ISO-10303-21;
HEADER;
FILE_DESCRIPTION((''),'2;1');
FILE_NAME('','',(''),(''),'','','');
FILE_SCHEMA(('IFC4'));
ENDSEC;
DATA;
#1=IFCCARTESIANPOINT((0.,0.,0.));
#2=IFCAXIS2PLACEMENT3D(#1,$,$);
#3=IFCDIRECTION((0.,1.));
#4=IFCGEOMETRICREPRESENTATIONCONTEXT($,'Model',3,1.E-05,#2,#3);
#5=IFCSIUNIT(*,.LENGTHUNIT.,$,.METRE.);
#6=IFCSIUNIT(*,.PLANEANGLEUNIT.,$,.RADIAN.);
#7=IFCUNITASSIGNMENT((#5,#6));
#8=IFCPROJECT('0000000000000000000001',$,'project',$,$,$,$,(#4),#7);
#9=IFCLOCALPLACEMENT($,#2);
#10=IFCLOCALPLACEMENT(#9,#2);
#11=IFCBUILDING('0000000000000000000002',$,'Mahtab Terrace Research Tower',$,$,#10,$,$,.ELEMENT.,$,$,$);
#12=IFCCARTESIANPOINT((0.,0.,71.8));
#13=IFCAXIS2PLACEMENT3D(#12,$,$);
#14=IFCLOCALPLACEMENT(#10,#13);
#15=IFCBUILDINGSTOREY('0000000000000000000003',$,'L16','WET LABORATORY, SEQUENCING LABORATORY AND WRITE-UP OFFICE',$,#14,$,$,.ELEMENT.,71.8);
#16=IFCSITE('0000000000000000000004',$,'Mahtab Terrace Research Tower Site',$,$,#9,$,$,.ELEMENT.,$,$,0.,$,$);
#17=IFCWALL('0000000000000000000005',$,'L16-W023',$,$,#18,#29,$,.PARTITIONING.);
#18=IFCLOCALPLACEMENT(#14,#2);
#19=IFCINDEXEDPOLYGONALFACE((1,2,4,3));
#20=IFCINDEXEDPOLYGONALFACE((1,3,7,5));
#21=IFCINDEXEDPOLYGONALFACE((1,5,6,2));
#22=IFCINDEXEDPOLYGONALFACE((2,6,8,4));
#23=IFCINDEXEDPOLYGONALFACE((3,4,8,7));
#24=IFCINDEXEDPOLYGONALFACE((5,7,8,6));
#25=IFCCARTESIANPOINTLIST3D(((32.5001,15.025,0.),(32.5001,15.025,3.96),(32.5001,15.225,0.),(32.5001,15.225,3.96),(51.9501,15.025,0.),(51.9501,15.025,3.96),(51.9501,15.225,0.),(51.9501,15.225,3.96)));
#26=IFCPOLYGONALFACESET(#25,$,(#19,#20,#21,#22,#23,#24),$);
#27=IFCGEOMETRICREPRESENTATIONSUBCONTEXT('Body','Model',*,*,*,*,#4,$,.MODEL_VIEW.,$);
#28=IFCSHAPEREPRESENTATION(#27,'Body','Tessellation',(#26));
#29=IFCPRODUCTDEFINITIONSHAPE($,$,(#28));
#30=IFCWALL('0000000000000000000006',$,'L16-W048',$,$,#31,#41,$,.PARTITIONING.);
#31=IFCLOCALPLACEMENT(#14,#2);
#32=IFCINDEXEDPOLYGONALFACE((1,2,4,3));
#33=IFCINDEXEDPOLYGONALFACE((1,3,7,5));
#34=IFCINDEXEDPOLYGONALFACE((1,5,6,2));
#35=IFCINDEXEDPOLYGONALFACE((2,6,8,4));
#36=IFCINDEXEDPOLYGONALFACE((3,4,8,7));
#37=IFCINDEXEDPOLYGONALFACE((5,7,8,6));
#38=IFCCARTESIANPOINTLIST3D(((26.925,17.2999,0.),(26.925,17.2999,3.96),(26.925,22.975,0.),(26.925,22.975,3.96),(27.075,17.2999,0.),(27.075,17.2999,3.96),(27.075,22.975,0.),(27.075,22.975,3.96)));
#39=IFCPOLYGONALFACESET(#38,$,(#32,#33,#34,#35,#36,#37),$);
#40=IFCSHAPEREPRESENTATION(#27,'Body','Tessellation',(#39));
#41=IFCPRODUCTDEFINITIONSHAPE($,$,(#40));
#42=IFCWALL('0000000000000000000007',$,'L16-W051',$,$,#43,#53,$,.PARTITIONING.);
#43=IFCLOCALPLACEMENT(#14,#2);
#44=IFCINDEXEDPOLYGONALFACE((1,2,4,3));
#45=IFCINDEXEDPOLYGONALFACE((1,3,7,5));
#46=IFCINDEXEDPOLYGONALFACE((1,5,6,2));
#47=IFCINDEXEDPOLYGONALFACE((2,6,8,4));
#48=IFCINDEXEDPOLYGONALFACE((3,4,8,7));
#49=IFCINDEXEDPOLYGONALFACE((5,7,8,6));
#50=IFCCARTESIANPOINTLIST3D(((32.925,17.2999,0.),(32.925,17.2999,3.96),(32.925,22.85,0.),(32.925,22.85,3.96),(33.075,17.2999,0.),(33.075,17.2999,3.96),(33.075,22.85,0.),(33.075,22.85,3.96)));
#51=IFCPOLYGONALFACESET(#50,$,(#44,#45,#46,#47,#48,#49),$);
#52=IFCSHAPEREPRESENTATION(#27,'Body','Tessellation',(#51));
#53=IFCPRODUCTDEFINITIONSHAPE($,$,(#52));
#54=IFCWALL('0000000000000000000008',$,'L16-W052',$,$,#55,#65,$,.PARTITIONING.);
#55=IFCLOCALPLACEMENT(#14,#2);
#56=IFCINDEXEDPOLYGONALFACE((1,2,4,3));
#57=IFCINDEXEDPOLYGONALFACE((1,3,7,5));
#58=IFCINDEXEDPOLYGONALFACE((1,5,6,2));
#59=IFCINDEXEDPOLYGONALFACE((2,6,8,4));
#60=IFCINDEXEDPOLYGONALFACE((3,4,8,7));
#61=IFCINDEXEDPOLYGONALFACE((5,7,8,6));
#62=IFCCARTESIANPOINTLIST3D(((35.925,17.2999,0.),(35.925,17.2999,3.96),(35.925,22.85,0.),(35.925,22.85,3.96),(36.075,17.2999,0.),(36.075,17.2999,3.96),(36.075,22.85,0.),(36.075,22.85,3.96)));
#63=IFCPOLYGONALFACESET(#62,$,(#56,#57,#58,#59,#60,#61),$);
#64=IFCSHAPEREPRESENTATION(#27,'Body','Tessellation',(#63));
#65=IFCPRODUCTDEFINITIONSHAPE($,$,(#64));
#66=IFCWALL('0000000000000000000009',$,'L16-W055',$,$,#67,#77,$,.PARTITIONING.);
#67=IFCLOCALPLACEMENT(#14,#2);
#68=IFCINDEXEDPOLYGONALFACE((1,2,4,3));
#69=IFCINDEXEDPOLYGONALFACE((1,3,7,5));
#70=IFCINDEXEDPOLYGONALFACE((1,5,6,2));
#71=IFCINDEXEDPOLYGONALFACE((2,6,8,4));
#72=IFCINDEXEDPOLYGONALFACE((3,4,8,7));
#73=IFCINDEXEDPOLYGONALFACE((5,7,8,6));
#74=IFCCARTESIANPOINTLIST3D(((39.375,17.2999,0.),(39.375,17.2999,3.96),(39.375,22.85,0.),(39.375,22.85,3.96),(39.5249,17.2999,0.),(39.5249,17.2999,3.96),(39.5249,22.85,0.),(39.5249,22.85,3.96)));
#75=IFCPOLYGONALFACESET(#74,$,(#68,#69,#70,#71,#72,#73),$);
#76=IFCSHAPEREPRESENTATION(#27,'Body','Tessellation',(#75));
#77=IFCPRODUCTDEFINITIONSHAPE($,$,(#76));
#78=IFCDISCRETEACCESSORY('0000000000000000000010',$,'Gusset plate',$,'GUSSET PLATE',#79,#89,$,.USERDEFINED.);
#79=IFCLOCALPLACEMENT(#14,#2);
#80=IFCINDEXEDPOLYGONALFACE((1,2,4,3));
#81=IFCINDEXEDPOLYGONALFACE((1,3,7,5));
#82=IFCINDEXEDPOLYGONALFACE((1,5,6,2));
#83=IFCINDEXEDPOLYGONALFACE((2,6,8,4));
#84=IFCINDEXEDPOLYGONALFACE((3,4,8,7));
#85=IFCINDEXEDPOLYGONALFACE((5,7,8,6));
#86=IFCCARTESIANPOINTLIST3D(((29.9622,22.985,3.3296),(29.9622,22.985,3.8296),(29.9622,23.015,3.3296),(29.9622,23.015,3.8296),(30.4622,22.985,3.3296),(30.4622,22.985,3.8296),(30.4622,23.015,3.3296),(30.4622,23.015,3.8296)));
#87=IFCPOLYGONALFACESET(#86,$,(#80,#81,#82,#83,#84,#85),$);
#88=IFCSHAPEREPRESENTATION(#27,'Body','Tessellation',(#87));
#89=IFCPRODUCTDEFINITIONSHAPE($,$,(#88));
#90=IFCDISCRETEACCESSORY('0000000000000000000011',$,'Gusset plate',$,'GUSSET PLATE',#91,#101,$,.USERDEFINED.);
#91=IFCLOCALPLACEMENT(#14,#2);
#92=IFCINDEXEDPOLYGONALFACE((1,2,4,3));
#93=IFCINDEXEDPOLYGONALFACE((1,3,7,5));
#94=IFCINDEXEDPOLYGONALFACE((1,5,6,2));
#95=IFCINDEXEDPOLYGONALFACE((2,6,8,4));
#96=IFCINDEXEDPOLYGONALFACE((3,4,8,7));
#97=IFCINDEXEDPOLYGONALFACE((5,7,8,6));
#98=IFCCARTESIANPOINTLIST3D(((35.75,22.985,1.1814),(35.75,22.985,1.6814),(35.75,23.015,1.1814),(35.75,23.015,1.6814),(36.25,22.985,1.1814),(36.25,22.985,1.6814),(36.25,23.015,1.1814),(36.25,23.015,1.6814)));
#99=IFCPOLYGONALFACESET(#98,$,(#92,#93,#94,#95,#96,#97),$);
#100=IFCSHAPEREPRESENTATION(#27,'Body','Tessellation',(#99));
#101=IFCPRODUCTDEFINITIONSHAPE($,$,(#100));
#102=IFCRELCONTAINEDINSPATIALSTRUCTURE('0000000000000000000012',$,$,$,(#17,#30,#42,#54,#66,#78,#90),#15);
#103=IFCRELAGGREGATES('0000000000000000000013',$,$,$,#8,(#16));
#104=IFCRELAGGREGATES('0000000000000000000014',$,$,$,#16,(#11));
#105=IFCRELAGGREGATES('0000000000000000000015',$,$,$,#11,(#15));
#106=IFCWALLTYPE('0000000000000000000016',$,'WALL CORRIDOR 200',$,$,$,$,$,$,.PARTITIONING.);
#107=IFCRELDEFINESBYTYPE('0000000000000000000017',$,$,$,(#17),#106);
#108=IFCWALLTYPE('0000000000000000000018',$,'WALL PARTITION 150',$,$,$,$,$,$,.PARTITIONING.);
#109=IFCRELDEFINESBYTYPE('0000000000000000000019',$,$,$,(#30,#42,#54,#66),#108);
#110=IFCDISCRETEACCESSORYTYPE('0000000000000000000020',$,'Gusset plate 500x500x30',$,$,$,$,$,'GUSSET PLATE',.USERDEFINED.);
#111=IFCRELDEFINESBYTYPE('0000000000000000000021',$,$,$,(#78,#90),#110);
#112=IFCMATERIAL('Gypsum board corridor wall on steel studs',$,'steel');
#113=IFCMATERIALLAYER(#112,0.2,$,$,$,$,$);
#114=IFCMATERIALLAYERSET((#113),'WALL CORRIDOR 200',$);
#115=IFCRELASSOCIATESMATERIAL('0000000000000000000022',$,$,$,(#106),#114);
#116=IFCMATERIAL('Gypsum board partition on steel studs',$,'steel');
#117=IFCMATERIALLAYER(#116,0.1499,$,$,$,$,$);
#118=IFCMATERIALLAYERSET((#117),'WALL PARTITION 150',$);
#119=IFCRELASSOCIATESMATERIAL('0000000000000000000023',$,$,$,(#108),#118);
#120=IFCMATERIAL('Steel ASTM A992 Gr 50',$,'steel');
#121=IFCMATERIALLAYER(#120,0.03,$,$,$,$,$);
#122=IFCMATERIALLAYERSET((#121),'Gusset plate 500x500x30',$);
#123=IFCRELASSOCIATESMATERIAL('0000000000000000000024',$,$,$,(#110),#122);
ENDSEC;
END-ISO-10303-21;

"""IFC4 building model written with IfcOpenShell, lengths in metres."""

from ifc_helpers import new_model, si_unit, direction, frame, frame_2d, origin, origin_2d, place, context, subcontext, project, spatial, rectangle, extrude, material, layer, layer_set, type_object, element, save


model = new_model("IFC4")

# Units and contexts
model_context = context("Model", 3, precision=1e-05, world=origin(), true_north=direction((0.0, 1.0)))
body_context = subcontext(model_context, "Body", "Model", "MODEL_VIEW")
ifc_project = project(units=[si_unit("LENGTHUNIT", "METRE"), si_unit("PLANEANGLEUNIT", "RADIAN")], contexts=[model_context])

# Site, building, storey
site_placement = place(None, origin())
site = spatial("IfcSite", under=ifc_project, at=site_placement, Name="Mahtab Terrace Research Tower Site", CompositionType="ELEMENT", RefElevation=0.0)
building_placement = place(site_placement, origin())
building = spatial("IfcBuilding", under=site, at=building_placement, Name="Mahtab Terrace Research Tower", CompositionType="ELEMENT")
storey_placement = place(building_placement, frame((0.0, 0.0, 71.8)))
storey = spatial("IfcBuildingStorey", under=building, at=storey_placement, Name="L16", Description="WET LABORATORY, SEQUENCING LABORATORY AND WRITE-UP OFFICE", CompositionType="ELEMENT", Elevation=71.8)

# Shared definitions
ifc_material_1 = material(Name="Steel ASTM A992 Gr 50", Category="steel")

# Walls
ifc_material_2 = material(Name="Gypsum board corridor wall on steel studs", Category="steel")
ifc_layer_1 = layer(ifc_material_2, 0.2)
ifc_layer_set_1 = layer_set([ifc_layer_1], Name="WALL CORRIDOR 200")
wall_type_1 = type_object("IfcWallType", Name="WALL CORRIDOR 200", PredefinedType="PARTITIONING", material=ifc_layer_set_1)
wall_1_placement = place(storey_placement, frame((32.5, 15.125, 0.0), z_axis=(0.0, 0.0, 1.0), x_axis=(1.0, 0.0, 0.0)))
element("IfcWall", 1, at=wall_1_placement, inside=storey, type_object=wall_type_1, Name="L16-W023", PredefinedType="PARTITIONING", context=body_context, shape_type="SweptSolid", body=[
    extrude(rectangle(XDim=19.45, YDim=0.2, at=frame_2d((9.7251, 0.0))), origin(), (0.0, 0.0, 1.0), 3.96),
])
ifc_material_3 = material(Name="Gypsum board partition on steel studs", Category="steel")
ifc_layer_2 = layer(ifc_material_3, 0.1499)
ifc_layer_set_2 = layer_set([ifc_layer_2], Name="WALL PARTITION 150")
wall_type_2 = type_object("IfcWallType", Name="WALL PARTITION 150", PredefinedType="PARTITIONING", material=ifc_layer_set_2)
wall_2_placement = place(storey_placement, frame((27.0, 17.3, 0.0), z_axis=(0.0, 0.0, 1.0), x_axis=(0.0, 1.0, 0.0)))
element("IfcWall", 2, at=wall_2_placement, inside=storey, type_object=wall_type_2, Name="L16-W048", PredefinedType="PARTITIONING", context=body_context, shape_type="SweptSolid", body=[
    extrude(rectangle(XDim=5.675, YDim=0.1499, at=frame_2d((2.8374, 0.0))), origin(), (0.0, 0.0, 1.0), 3.96),
])
for number, where, z_axis, x_axis, name in (
    (3, (33.0, 17.3, 0.0), (0.0, 0.0, 1.0), (0.0, 1.0, 0.0), "L16-W051"),
    (4, (36.0, 17.3, 0.0), (0.0, 0.0, 1.0), (0.0, 1.0, 0.0), "L16-W052"),
    (5, (39.45, 17.3, 0.0), (0.0, 0.0, 1.0), (0.0, 1.0, 0.0), "L16-W055"),
):
    element("IfcWall", number, at=place(storey_placement, frame(where, z_axis=z_axis, x_axis=x_axis)), inside=storey, type_object=wall_type_2, Name=name, PredefinedType="PARTITIONING", context=body_context, shape_type="SweptSolid", body=[
        extrude(rectangle(XDim=5.55, YDim=0.1499, at=frame_2d((2.7749, 0.0))), origin(), (0.0, 0.0, 1.0), 3.96),
    ])

# Discrete accessories
ifc_layer_3 = layer(ifc_material_1, 0.03)
ifc_layer_set_3 = layer_set([ifc_layer_3], Name="Gusset plate 500x500x30")
discrete_accessory_type = type_object("IfcDiscreteAccessoryType", Name="Gusset plate 500x500x30", ElementType="GUSSET PLATE", PredefinedType="USERDEFINED", material=ifc_layer_set_3)
for number, where, z_axis, x_axis, name in (
    (6, (30.2122, 23.0, 3.3296), (0.0, 0.0, 1.0), (1.0, 0.0, 0.0), "Gusset plate"),
    (7, (36.0, 23.0, 1.1814), (0.0, 0.0, 1.0), (1.0, 0.0, 0.0), "Gusset plate"),
):
    element("IfcDiscreteAccessory", number, at=place(storey_placement, frame(where, z_axis=z_axis, x_axis=x_axis)), inside=storey, type_object=discrete_accessory_type, Name=name, ObjectType="GUSSET PLATE", PredefinedType="USERDEFINED", context=body_context, shape_type="SweptSolid", body=[
        extrude(rectangle(XDim=0.5, YDim=0.03, at=origin_2d()), origin(), (0.0, 0.0, 1.0), 0.5),
    ])

save(model, "model.ifc")
